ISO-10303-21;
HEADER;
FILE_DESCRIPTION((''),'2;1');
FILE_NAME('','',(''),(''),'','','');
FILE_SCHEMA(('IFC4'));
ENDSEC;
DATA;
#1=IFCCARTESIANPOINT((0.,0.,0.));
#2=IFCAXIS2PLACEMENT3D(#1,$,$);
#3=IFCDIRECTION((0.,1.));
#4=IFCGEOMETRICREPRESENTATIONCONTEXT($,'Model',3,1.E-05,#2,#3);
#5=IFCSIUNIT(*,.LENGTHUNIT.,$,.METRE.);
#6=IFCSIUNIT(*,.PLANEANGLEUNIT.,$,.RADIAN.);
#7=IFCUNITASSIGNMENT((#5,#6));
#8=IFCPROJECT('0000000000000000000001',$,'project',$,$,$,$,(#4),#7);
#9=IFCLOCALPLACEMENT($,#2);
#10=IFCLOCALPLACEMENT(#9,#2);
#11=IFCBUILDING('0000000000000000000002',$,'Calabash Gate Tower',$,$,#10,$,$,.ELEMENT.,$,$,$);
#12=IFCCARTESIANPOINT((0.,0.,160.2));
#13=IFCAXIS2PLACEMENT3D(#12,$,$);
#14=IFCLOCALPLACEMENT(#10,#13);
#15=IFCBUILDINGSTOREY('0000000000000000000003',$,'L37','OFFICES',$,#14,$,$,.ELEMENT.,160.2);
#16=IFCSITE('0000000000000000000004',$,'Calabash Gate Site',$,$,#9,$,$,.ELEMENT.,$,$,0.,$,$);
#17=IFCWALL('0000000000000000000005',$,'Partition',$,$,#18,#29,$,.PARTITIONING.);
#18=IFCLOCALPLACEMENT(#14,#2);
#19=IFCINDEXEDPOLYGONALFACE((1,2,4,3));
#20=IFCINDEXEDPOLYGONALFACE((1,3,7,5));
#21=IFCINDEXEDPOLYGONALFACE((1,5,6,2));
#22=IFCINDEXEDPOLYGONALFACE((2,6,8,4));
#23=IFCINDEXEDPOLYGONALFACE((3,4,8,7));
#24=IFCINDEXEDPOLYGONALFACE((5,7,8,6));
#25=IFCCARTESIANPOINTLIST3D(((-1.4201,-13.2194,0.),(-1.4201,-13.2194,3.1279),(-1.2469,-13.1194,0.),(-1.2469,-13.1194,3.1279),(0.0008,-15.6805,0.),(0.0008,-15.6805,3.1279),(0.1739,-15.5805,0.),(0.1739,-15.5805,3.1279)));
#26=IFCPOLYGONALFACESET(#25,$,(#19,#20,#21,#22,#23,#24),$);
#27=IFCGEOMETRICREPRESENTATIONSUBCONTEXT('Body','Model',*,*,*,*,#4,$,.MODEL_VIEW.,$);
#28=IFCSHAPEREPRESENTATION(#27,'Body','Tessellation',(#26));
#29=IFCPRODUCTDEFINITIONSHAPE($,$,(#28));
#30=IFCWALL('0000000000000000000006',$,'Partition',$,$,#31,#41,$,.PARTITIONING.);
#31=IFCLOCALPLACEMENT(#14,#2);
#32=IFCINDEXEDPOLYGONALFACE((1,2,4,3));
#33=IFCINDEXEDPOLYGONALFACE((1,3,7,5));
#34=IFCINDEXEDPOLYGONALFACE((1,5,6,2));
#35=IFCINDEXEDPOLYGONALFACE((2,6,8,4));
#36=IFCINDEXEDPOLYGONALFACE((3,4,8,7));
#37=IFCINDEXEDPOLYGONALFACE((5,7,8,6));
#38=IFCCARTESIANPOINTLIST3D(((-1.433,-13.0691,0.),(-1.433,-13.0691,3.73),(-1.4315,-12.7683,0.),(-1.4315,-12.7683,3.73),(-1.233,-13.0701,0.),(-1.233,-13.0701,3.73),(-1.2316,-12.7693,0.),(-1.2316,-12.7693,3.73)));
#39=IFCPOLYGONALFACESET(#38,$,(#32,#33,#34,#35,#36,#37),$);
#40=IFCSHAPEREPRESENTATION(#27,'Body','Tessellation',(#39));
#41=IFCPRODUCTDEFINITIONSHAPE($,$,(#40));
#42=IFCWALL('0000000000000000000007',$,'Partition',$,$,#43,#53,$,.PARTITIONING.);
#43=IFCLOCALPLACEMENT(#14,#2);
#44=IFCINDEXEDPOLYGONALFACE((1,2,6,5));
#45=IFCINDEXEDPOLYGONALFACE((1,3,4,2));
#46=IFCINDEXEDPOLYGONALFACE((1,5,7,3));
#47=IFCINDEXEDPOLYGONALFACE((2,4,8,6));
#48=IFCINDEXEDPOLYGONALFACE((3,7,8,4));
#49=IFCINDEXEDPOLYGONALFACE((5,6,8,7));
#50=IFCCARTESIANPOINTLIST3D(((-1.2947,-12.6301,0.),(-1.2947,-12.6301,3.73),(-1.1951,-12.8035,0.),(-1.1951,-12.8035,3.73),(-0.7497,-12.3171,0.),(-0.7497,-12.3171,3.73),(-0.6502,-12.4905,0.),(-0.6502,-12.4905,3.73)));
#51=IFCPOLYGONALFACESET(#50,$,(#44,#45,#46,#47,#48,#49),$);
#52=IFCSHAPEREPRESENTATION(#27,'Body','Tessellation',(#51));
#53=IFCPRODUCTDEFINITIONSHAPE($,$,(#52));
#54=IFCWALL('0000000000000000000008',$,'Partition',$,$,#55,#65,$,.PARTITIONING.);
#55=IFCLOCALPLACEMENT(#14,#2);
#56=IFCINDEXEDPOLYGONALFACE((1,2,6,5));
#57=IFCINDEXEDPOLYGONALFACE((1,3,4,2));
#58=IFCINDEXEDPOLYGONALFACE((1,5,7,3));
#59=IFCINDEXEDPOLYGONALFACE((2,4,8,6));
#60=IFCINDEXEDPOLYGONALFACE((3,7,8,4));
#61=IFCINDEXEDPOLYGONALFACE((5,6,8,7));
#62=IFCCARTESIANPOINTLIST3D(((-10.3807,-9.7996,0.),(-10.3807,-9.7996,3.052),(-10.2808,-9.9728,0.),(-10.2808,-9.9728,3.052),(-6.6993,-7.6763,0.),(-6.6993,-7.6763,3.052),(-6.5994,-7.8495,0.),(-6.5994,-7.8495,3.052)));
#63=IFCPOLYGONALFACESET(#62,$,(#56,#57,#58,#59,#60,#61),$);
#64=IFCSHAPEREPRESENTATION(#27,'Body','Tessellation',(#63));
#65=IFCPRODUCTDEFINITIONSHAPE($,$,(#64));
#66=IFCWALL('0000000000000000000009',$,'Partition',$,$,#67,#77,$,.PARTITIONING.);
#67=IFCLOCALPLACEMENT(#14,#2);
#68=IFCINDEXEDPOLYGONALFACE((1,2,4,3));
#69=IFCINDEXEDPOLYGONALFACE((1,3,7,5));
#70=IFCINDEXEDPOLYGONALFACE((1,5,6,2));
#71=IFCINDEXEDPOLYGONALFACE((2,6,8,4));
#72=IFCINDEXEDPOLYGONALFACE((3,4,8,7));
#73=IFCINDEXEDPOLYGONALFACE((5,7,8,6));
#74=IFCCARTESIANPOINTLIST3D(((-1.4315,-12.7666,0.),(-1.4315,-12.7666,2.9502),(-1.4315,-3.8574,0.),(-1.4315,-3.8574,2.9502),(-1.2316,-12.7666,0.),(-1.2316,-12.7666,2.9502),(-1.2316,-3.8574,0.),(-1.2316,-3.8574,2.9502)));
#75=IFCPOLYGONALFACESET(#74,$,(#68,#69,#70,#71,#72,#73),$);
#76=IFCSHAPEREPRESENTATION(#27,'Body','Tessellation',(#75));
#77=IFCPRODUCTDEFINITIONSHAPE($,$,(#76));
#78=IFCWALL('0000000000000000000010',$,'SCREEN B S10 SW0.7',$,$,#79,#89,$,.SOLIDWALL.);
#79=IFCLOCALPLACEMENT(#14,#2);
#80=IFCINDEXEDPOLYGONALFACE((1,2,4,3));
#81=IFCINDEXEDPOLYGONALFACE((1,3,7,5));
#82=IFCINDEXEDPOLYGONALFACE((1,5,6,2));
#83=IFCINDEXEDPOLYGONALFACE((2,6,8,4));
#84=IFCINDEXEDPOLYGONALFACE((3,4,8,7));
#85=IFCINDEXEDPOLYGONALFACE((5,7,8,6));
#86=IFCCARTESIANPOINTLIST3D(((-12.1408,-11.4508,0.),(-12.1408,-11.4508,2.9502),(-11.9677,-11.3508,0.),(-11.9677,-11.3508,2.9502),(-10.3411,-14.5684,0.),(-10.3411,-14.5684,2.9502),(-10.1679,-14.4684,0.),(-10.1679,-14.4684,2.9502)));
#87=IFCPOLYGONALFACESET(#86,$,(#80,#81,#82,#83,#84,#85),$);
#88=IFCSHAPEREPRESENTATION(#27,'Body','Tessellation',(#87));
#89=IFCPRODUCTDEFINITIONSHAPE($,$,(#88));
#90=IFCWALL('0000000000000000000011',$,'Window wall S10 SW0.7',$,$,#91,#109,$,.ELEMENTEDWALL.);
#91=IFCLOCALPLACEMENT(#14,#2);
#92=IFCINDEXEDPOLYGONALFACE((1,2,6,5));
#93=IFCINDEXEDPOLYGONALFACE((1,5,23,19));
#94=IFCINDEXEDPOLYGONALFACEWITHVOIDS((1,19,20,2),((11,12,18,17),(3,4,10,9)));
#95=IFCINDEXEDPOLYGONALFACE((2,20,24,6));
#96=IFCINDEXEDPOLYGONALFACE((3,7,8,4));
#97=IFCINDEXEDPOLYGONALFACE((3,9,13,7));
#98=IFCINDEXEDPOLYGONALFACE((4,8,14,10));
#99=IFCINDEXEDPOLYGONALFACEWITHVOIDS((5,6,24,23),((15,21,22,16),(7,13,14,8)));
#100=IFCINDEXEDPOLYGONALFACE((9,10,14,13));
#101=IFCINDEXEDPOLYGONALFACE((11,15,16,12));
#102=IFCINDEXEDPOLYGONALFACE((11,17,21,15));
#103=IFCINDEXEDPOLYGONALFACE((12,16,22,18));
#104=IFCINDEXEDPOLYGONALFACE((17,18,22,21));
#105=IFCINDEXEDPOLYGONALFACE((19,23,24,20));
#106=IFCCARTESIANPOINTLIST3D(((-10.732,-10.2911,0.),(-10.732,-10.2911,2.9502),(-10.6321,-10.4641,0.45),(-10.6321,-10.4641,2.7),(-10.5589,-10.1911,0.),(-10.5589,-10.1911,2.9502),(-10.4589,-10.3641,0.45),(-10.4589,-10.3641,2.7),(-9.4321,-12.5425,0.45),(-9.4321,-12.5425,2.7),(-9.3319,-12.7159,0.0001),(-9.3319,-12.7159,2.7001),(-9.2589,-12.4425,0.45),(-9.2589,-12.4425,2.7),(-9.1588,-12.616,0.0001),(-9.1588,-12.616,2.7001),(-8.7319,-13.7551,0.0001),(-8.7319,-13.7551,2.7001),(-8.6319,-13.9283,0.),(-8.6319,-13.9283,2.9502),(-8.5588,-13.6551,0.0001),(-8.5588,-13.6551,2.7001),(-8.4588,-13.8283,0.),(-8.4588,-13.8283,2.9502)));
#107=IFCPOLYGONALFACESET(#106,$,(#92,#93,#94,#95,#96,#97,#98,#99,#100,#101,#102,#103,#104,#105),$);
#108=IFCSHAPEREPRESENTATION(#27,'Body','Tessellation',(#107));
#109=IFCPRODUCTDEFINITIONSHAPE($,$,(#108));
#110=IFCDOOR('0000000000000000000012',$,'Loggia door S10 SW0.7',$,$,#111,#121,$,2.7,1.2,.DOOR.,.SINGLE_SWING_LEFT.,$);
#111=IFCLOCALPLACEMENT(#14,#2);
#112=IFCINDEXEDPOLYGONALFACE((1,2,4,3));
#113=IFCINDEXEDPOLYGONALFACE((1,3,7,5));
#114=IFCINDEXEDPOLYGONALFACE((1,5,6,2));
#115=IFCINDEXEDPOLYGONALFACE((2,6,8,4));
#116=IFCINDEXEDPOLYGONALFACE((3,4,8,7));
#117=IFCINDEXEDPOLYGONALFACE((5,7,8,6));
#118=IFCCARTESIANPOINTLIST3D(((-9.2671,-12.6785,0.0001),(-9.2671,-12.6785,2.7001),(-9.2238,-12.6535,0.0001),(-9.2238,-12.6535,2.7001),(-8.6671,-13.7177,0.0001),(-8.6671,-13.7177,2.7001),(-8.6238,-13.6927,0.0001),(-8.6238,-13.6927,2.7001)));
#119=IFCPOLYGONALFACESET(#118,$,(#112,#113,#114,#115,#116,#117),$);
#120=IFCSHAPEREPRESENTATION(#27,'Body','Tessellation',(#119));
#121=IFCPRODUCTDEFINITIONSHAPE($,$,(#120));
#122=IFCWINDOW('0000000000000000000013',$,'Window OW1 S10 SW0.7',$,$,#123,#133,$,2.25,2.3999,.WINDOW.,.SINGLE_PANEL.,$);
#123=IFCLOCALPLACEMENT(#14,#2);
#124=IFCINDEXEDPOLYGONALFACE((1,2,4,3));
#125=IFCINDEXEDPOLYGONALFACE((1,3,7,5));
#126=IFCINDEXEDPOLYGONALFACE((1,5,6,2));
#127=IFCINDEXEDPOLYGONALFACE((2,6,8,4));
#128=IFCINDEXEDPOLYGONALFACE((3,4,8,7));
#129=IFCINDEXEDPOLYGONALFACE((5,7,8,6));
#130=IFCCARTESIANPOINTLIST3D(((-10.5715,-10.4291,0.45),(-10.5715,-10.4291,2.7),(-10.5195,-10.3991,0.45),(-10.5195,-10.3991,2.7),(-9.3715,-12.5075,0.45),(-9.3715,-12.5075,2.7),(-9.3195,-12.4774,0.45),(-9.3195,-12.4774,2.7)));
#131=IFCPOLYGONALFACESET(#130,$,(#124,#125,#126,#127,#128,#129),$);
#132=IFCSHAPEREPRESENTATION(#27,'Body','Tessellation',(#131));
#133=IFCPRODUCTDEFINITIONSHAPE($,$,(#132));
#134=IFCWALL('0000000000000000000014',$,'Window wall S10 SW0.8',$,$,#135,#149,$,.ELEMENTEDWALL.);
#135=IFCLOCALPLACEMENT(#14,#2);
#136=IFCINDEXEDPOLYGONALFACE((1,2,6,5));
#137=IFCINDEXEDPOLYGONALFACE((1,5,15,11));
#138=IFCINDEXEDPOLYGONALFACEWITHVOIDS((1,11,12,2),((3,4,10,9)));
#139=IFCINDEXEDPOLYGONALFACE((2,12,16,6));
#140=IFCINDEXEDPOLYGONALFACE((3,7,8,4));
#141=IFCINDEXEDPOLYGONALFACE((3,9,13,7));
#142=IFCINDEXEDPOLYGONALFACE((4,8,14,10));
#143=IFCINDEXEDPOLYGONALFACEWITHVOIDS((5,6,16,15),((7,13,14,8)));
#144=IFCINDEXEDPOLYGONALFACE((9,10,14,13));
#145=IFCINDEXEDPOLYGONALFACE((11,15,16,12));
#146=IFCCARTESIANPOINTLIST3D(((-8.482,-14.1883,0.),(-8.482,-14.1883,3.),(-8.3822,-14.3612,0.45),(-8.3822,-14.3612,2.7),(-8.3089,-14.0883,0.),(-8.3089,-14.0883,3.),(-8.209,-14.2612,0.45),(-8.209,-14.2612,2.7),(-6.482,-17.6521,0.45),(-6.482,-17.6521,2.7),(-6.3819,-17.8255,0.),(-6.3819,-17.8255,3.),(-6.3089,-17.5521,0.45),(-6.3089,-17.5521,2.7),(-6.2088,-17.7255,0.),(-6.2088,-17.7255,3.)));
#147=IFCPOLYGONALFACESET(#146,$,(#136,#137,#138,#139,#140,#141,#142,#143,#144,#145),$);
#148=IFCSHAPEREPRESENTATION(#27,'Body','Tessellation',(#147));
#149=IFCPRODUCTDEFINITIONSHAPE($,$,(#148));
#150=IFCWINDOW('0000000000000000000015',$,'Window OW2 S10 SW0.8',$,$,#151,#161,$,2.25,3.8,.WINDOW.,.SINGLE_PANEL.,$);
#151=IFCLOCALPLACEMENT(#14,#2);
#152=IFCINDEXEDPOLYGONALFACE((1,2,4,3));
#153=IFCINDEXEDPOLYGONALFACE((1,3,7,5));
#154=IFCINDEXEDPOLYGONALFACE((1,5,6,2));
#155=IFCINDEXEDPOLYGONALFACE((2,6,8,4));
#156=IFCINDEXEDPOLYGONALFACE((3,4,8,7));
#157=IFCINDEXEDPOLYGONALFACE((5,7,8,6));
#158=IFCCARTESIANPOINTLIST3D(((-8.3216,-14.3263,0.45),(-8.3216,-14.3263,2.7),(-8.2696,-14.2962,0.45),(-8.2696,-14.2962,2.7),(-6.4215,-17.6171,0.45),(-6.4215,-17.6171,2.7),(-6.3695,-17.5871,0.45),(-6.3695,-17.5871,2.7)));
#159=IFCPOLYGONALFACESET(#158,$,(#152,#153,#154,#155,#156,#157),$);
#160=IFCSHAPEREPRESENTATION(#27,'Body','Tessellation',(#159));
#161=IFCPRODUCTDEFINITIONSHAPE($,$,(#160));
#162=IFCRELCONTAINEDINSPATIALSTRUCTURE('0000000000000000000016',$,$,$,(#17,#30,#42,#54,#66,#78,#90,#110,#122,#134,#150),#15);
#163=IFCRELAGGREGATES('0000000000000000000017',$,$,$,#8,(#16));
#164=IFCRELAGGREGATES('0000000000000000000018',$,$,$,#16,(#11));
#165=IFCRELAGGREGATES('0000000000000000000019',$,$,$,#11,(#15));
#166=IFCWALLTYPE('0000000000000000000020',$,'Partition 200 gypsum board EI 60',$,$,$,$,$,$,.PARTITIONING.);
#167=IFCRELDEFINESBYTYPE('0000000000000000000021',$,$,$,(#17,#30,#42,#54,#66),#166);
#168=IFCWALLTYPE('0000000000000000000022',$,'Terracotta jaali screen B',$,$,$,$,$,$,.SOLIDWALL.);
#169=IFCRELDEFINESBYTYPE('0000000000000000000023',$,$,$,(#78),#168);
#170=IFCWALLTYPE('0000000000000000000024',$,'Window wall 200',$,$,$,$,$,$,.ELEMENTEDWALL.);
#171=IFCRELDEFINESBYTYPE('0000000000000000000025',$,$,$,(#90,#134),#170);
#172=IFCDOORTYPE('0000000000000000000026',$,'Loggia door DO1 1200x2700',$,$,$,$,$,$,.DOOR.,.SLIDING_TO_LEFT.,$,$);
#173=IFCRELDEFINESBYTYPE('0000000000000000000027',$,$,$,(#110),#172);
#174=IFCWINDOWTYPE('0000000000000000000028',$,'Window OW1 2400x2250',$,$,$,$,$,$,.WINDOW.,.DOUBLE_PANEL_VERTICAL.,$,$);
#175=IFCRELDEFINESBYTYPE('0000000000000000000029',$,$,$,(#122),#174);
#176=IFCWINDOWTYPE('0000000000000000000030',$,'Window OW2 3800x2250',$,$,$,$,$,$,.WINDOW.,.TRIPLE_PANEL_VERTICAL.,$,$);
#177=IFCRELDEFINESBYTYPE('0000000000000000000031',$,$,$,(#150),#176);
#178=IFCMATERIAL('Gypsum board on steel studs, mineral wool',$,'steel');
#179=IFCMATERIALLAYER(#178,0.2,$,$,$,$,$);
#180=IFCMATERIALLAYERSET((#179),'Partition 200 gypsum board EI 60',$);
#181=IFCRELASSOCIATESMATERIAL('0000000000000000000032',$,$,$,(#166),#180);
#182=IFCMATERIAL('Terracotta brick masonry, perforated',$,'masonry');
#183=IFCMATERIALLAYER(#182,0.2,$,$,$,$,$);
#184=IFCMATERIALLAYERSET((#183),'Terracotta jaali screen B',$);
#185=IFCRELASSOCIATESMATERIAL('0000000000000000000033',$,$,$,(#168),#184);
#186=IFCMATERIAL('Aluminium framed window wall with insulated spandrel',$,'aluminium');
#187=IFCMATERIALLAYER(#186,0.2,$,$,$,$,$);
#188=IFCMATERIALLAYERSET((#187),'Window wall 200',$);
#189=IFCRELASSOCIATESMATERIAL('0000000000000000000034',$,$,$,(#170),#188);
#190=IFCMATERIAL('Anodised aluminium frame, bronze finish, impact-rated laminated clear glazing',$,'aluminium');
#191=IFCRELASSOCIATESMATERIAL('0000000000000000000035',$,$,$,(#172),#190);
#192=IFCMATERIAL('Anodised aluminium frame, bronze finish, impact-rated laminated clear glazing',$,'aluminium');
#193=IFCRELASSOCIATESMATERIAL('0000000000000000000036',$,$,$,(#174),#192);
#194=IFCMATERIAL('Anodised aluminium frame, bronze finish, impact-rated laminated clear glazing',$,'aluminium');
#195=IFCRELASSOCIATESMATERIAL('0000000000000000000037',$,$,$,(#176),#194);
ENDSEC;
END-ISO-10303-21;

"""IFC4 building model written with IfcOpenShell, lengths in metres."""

from ifc_helpers import new_model, si_unit, direction, frame, frame_2d, origin, place, context, subcontext, project, spatial, rectangle, extrude, material, layer, layer_set, type_object, element, fill, save


model = new_model("IFC4")

# Units and contexts
model_context = context("Model", 3, precision=1e-05, world=origin(), true_north=direction((0.0, 1.0)))
body_context = subcontext(model_context, "Body", "Model", "MODEL_VIEW")
ifc_project = project(units=[si_unit("LENGTHUNIT", "METRE"), si_unit("PLANEANGLEUNIT", "RADIAN")], contexts=[model_context])

# Site, building, storey
site_placement = place(None, origin())
site = spatial("IfcSite", under=ifc_project, at=site_placement, Name="Calabash Gate Site", CompositionType="ELEMENT", RefElevation=0.0)
building_placement = place(site_placement, origin())
building = spatial("IfcBuilding", under=site, at=building_placement, Name="Calabash Gate Tower", CompositionType="ELEMENT")
storey_placement = place(building_placement, frame((0.0, 0.0, 160.2)))
storey = spatial("IfcBuildingStorey", under=building, at=storey_placement, Name="L37", Description="OFFICES", CompositionType="ELEMENT", Elevation=160.2)

# Walls
ifc_material_1 = material(Name="Gypsum board on steel studs, mineral wool", Category="steel")
ifc_layer_1 = layer(ifc_material_1, 0.2)
ifc_layer_set_1 = layer_set([ifc_layer_1], Name="Partition 200 gypsum board EI 60")
wall_type_1 = type_object("IfcWallType", Name="Partition 200 gypsum board EI 60", PredefinedType="PARTITIONING", material=ifc_layer_set_1)
wall_1_placement = place(storey_placement, frame((-1.3335, -13.1694, 0.0), z_axis=(0.0, 0.0, 1.0), x_axis=(0.499983, -0.866035, 0.0)))
element("IfcWall", 1, at=wall_1_placement, inside=storey, type_object=wall_type_1, Name="Partition", PredefinedType="PARTITIONING", context=body_context, shape_type="SweptSolid", body=[
    extrude(rectangle(XDim=2.8418, YDim=0.2, at=frame_2d((1.4209, 0.0))), origin(), (0.0, 0.0, 1.0), 3.1279),
])
wall_2_placement = place(storey_placement, frame((-1.333, -13.0696, 0.0), z_axis=(0.0, 0.0, 1.0), x_axis=(0.00487, 0.999988, 0.0)))
element("IfcWall", 2, at=wall_2_placement, inside=storey, type_object=wall_type_1, Name="Partition", PredefinedType="PARTITIONING", context=body_context, shape_type="SweptSolid", body=[
    extrude(rectangle(XDim=0.3008, YDim=0.2, at=frame_2d((0.1504, 0.0))), origin(), (0.0, 0.0, 1.0), 3.73),
])
wall_3_placement = place(storey_placement, frame((-1.2449, -12.7168, 0.0), z_axis=(0.0, 0.0, 1.0), x_axis=(0.867141, 0.498062, 0.0)))
element("IfcWall", 3, at=wall_3_placement, inside=storey, type_object=wall_type_1, Name="Partition", PredefinedType="PARTITIONING", context=body_context, shape_type="SweptSolid", body=[
    extrude(rectangle(XDim=0.6284, YDim=0.2, at=frame_2d((0.3142, 0.0))), origin(), (0.0, 0.0, 1.0), 3.73),
])
wall_4_placement = place(storey_placement, frame((-10.3308, -9.8862, 0.0), z_axis=(0.0, 0.0, 1.0), x_axis=(0.866246, 0.499618, 0.0)))
element("IfcWall", 4, at=wall_4_placement, inside=storey, type_object=wall_type_1, Name="Partition", PredefinedType="PARTITIONING", context=body_context, shape_type="SweptSolid", body=[
    extrude(rectangle(XDim=4.2498, YDim=0.2, at=frame_2d((2.125, 0.0))), origin(), (0.0, 0.0, 1.0), 3.052),
])
wall_5_placement = place(storey_placement, frame((-1.3315, -12.7666, 0.0), z_axis=(0.0, 0.0, 1.0), x_axis=(0.0, 1.0, 0.0)))
element("IfcWall", 5, at=wall_5_placement, inside=storey, type_object=wall_type_1, Name="Partition", PredefinedType="PARTITIONING", context=body_context, shape_type="SweptSolid", body=[
    extrude(rectangle(XDim=8.9092, YDim=0.2, at=frame_2d((4.4546, 0.0))), origin(), (0.0, 0.0, 1.0), 2.9502),
])
ifc_material_2 = material(Name="Terracotta brick masonry, perforated", Category="masonry")
ifc_layer_2 = layer(ifc_material_2, 0.2)
ifc_layer_set_2 = layer_set([ifc_layer_2], Name="Terracotta jaali screen B")
wall_type_2 = type_object("IfcWallType", Name="Terracotta jaali screen B", PredefinedType="SOLIDWALL", material=ifc_layer_set_2)
wall_6_placement = place(storey_placement, frame((-12.0542, -11.4009, 0.0), z_axis=(0.0, 0.0, 1.0), x_axis=(0.499961, -0.866048, 0.0)))
element("IfcWall", 6, at=wall_6_placement, inside=storey, type_object=wall_type_2, Name="SCREEN B S10 SW0.7", PredefinedType="SOLIDWALL", context=body_context, shape_type="SweptSolid", body=[
    extrude(rectangle(XDim=3.5999, YDim=0.2, at=frame_2d((1.7998, 0.0))), origin(), (0.0, 0.0, 1.0), 2.9502),
])

# Wall, openings, door, window
ifc_material_3 = material(Name="Aluminium framed window wall with insulated spandrel", Category="aluminium")
ifc_layer_3 = layer(ifc_material_3, 0.2)
ifc_layer_set_3 = layer_set([ifc_layer_3], Name="Window wall 200")
wall_type_3 = type_object("IfcWallType", Name="Window wall 200", PredefinedType="ELEMENTEDWALL", material=ifc_layer_set_3)
wall_7_placement = place(storey_placement, frame((-10.6455, -10.241, 0.0), z_axis=(0.0, 0.0, 1.0), x_axis=(0.500028, -0.866009, 0.0)))
wall_7 = element("IfcWall", 7, at=wall_7_placement, inside=storey, type_object=wall_type_3, Name="Window wall S10 SW0.7", PredefinedType="ELEMENTEDWALL", context=body_context, shape_type="SweptSolid", body=[
    extrude(rectangle(XDim=4.2, YDim=0.2, at=frame_2d((2.1001, 0.0))), origin(), (0.0, 0.0, 1.0), 2.9502),
])
opening_1_placement = place(wall_7_placement, frame((0.2, 0.0, 0.45)))
opening_1 = element("IfcOpeningElement", 8, at=opening_1_placement, cuts=wall_7, PredefinedType="OPENING", context=body_context, shape_type="SweptSolid", body=[
    extrude(rectangle(XDim=2.3999, YDim=2.25, at=frame_2d((1.2, 1.125))), frame((0.0, 0.1099, 0.0), z_axis=(0.0, -1.0, 0.0), x_axis=(1.0, 0.0, 0.0)), (0.0, 0.0, 1.0), 0.22),
])
opening_2_placement = place(wall_7_placement, frame((2.8, 0.0, 0.0)))
opening_2 = element("IfcOpeningElement", 9, at=opening_2_placement, cuts=wall_7, PredefinedType="OPENING", context=body_context, shape_type="SweptSolid", body=[
    extrude(rectangle(XDim=1.2, YDim=2.7, at=frame_2d((0.6001, 1.3501))), frame((0.0, 0.1099, 0.0), z_axis=(0.0, -1.0, 0.0), x_axis=(1.0, 0.0, 0.0)), (0.0, 0.0, 1.0), 0.22),
])
ifc_material_4 = material(Name="Anodised aluminium frame, bronze finish, impact-rated laminated clear glazing", Category="aluminium")
door_type = type_object("IfcDoorType", Name="Loggia door DO1 1200x2700", OperationType="SLIDING_TO_LEFT", PredefinedType="DOOR", material=ifc_material_4)
door_placement = place(opening_2_placement, origin())
door = element("IfcDoor", 10, at=door_placement, inside=storey, type_object=door_type, Name="Loggia door S10 SW0.7", OperationType="SINGLE_SWING_LEFT", OverallHeight=2.7, OverallWidth=1.2, PredefinedType="DOOR", context=body_context, shape_type="SweptSolid", body=[
    extrude(rectangle(XDim=1.2, YDim=2.7, at=frame_2d((0.6001, 1.3501))), frame((0.0, 0.0249, 0.0), z_axis=(0.0, -1.0, 0.0), x_axis=(1.0, 0.0, 0.0)), (0.0, 0.0, 1.0), 0.05),
])
fill(opening_2, door)
ifc_material_5 = material(Name="Anodised aluminium frame, bronze finish, impact-rated laminated clear glazing", Category="aluminium")
window_type_1 = type_object("IfcWindowType", Name="Window OW1 2400x2250", PartitioningType="DOUBLE_PANEL_VERTICAL", PredefinedType="WINDOW", material=ifc_material_5)
window_1_placement = place(opening_1_placement, origin())
window_1 = element("IfcWindow", 11, at=window_1_placement, inside=storey, type_object=window_type_1, Name="Window OW1 S10 SW0.7", OverallHeight=2.25, OverallWidth=2.3999, PartitioningType="SINGLE_PANEL", PredefinedType="WINDOW", context=body_context, shape_type="SweptSolid", body=[
    extrude(rectangle(XDim=2.3999, YDim=2.25, at=frame_2d((1.2, 1.125))), frame((0.0, 0.03, 0.0), z_axis=(0.0, -1.0, 0.0), x_axis=(1.0, 0.0, 0.0)), (0.0, 0.0, 1.0), 0.0601),
])
fill(opening_1, window_1)

# Wall, opening, window
wall_8_placement = place(storey_placement, frame((-8.3955, -14.1382, 0.0), z_axis=(0.0, 0.0, 1.0), x_axis=(0.500028, -0.866009, 0.0)))
wall_8 = element("IfcWall", 12, at=wall_8_placement, inside=storey, type_object=wall_type_3, Name="Window wall S10 SW0.8", PredefinedType="ELEMENTEDWALL", context=body_context, shape_type="SweptSolid", body=[
    extrude(rectangle(XDim=4.2, YDim=0.2, at=frame_2d((2.1001, 0.0))), origin(), (0.0, 0.0, 1.0), 3.0),
])
opening_3_placement = place(wall_8_placement, frame((0.2, 0.0, 0.45)))
opening_3 = element("IfcOpeningElement", 13, at=opening_3_placement, cuts=wall_8, PredefinedType="OPENING", context=body_context, shape_type="SweptSolid", body=[
    extrude(rectangle(XDim=3.8, YDim=2.25, at=frame_2d((1.8999, 1.125))), frame((0.0, 0.1099, 0.0), z_axis=(0.0, -1.0, 0.0), x_axis=(1.0, 0.0, 0.0)), (0.0, 0.0, 1.0), 0.22),
])
ifc_material_6 = material(Name="Anodised aluminium frame, bronze finish, impact-rated laminated clear glazing", Category="aluminium")
window_type_2 = type_object("IfcWindowType", Name="Window OW2 3800x2250", PartitioningType="TRIPLE_PANEL_VERTICAL", PredefinedType="WINDOW", material=ifc_material_6)
window_2_placement = place(opening_3_placement, origin())
window_2 = element("IfcWindow", 14, at=window_2_placement, inside=storey, type_object=window_type_2, Name="Window OW2 S10 SW0.8", OverallHeight=2.25, OverallWidth=3.8, PartitioningType="SINGLE_PANEL", PredefinedType="WINDOW", context=body_context, shape_type="SweptSolid", body=[
    extrude(rectangle(XDim=3.8, YDim=2.25, at=frame_2d((1.8999, 1.125))), frame((0.0, 0.03, 0.0), z_axis=(0.0, -1.0, 0.0), x_axis=(1.0, 0.0, 0.0)), (0.0, 0.0, 1.0), 0.0601),
])
fill(opening_3, window_2)

save(model, "model.ifc")
